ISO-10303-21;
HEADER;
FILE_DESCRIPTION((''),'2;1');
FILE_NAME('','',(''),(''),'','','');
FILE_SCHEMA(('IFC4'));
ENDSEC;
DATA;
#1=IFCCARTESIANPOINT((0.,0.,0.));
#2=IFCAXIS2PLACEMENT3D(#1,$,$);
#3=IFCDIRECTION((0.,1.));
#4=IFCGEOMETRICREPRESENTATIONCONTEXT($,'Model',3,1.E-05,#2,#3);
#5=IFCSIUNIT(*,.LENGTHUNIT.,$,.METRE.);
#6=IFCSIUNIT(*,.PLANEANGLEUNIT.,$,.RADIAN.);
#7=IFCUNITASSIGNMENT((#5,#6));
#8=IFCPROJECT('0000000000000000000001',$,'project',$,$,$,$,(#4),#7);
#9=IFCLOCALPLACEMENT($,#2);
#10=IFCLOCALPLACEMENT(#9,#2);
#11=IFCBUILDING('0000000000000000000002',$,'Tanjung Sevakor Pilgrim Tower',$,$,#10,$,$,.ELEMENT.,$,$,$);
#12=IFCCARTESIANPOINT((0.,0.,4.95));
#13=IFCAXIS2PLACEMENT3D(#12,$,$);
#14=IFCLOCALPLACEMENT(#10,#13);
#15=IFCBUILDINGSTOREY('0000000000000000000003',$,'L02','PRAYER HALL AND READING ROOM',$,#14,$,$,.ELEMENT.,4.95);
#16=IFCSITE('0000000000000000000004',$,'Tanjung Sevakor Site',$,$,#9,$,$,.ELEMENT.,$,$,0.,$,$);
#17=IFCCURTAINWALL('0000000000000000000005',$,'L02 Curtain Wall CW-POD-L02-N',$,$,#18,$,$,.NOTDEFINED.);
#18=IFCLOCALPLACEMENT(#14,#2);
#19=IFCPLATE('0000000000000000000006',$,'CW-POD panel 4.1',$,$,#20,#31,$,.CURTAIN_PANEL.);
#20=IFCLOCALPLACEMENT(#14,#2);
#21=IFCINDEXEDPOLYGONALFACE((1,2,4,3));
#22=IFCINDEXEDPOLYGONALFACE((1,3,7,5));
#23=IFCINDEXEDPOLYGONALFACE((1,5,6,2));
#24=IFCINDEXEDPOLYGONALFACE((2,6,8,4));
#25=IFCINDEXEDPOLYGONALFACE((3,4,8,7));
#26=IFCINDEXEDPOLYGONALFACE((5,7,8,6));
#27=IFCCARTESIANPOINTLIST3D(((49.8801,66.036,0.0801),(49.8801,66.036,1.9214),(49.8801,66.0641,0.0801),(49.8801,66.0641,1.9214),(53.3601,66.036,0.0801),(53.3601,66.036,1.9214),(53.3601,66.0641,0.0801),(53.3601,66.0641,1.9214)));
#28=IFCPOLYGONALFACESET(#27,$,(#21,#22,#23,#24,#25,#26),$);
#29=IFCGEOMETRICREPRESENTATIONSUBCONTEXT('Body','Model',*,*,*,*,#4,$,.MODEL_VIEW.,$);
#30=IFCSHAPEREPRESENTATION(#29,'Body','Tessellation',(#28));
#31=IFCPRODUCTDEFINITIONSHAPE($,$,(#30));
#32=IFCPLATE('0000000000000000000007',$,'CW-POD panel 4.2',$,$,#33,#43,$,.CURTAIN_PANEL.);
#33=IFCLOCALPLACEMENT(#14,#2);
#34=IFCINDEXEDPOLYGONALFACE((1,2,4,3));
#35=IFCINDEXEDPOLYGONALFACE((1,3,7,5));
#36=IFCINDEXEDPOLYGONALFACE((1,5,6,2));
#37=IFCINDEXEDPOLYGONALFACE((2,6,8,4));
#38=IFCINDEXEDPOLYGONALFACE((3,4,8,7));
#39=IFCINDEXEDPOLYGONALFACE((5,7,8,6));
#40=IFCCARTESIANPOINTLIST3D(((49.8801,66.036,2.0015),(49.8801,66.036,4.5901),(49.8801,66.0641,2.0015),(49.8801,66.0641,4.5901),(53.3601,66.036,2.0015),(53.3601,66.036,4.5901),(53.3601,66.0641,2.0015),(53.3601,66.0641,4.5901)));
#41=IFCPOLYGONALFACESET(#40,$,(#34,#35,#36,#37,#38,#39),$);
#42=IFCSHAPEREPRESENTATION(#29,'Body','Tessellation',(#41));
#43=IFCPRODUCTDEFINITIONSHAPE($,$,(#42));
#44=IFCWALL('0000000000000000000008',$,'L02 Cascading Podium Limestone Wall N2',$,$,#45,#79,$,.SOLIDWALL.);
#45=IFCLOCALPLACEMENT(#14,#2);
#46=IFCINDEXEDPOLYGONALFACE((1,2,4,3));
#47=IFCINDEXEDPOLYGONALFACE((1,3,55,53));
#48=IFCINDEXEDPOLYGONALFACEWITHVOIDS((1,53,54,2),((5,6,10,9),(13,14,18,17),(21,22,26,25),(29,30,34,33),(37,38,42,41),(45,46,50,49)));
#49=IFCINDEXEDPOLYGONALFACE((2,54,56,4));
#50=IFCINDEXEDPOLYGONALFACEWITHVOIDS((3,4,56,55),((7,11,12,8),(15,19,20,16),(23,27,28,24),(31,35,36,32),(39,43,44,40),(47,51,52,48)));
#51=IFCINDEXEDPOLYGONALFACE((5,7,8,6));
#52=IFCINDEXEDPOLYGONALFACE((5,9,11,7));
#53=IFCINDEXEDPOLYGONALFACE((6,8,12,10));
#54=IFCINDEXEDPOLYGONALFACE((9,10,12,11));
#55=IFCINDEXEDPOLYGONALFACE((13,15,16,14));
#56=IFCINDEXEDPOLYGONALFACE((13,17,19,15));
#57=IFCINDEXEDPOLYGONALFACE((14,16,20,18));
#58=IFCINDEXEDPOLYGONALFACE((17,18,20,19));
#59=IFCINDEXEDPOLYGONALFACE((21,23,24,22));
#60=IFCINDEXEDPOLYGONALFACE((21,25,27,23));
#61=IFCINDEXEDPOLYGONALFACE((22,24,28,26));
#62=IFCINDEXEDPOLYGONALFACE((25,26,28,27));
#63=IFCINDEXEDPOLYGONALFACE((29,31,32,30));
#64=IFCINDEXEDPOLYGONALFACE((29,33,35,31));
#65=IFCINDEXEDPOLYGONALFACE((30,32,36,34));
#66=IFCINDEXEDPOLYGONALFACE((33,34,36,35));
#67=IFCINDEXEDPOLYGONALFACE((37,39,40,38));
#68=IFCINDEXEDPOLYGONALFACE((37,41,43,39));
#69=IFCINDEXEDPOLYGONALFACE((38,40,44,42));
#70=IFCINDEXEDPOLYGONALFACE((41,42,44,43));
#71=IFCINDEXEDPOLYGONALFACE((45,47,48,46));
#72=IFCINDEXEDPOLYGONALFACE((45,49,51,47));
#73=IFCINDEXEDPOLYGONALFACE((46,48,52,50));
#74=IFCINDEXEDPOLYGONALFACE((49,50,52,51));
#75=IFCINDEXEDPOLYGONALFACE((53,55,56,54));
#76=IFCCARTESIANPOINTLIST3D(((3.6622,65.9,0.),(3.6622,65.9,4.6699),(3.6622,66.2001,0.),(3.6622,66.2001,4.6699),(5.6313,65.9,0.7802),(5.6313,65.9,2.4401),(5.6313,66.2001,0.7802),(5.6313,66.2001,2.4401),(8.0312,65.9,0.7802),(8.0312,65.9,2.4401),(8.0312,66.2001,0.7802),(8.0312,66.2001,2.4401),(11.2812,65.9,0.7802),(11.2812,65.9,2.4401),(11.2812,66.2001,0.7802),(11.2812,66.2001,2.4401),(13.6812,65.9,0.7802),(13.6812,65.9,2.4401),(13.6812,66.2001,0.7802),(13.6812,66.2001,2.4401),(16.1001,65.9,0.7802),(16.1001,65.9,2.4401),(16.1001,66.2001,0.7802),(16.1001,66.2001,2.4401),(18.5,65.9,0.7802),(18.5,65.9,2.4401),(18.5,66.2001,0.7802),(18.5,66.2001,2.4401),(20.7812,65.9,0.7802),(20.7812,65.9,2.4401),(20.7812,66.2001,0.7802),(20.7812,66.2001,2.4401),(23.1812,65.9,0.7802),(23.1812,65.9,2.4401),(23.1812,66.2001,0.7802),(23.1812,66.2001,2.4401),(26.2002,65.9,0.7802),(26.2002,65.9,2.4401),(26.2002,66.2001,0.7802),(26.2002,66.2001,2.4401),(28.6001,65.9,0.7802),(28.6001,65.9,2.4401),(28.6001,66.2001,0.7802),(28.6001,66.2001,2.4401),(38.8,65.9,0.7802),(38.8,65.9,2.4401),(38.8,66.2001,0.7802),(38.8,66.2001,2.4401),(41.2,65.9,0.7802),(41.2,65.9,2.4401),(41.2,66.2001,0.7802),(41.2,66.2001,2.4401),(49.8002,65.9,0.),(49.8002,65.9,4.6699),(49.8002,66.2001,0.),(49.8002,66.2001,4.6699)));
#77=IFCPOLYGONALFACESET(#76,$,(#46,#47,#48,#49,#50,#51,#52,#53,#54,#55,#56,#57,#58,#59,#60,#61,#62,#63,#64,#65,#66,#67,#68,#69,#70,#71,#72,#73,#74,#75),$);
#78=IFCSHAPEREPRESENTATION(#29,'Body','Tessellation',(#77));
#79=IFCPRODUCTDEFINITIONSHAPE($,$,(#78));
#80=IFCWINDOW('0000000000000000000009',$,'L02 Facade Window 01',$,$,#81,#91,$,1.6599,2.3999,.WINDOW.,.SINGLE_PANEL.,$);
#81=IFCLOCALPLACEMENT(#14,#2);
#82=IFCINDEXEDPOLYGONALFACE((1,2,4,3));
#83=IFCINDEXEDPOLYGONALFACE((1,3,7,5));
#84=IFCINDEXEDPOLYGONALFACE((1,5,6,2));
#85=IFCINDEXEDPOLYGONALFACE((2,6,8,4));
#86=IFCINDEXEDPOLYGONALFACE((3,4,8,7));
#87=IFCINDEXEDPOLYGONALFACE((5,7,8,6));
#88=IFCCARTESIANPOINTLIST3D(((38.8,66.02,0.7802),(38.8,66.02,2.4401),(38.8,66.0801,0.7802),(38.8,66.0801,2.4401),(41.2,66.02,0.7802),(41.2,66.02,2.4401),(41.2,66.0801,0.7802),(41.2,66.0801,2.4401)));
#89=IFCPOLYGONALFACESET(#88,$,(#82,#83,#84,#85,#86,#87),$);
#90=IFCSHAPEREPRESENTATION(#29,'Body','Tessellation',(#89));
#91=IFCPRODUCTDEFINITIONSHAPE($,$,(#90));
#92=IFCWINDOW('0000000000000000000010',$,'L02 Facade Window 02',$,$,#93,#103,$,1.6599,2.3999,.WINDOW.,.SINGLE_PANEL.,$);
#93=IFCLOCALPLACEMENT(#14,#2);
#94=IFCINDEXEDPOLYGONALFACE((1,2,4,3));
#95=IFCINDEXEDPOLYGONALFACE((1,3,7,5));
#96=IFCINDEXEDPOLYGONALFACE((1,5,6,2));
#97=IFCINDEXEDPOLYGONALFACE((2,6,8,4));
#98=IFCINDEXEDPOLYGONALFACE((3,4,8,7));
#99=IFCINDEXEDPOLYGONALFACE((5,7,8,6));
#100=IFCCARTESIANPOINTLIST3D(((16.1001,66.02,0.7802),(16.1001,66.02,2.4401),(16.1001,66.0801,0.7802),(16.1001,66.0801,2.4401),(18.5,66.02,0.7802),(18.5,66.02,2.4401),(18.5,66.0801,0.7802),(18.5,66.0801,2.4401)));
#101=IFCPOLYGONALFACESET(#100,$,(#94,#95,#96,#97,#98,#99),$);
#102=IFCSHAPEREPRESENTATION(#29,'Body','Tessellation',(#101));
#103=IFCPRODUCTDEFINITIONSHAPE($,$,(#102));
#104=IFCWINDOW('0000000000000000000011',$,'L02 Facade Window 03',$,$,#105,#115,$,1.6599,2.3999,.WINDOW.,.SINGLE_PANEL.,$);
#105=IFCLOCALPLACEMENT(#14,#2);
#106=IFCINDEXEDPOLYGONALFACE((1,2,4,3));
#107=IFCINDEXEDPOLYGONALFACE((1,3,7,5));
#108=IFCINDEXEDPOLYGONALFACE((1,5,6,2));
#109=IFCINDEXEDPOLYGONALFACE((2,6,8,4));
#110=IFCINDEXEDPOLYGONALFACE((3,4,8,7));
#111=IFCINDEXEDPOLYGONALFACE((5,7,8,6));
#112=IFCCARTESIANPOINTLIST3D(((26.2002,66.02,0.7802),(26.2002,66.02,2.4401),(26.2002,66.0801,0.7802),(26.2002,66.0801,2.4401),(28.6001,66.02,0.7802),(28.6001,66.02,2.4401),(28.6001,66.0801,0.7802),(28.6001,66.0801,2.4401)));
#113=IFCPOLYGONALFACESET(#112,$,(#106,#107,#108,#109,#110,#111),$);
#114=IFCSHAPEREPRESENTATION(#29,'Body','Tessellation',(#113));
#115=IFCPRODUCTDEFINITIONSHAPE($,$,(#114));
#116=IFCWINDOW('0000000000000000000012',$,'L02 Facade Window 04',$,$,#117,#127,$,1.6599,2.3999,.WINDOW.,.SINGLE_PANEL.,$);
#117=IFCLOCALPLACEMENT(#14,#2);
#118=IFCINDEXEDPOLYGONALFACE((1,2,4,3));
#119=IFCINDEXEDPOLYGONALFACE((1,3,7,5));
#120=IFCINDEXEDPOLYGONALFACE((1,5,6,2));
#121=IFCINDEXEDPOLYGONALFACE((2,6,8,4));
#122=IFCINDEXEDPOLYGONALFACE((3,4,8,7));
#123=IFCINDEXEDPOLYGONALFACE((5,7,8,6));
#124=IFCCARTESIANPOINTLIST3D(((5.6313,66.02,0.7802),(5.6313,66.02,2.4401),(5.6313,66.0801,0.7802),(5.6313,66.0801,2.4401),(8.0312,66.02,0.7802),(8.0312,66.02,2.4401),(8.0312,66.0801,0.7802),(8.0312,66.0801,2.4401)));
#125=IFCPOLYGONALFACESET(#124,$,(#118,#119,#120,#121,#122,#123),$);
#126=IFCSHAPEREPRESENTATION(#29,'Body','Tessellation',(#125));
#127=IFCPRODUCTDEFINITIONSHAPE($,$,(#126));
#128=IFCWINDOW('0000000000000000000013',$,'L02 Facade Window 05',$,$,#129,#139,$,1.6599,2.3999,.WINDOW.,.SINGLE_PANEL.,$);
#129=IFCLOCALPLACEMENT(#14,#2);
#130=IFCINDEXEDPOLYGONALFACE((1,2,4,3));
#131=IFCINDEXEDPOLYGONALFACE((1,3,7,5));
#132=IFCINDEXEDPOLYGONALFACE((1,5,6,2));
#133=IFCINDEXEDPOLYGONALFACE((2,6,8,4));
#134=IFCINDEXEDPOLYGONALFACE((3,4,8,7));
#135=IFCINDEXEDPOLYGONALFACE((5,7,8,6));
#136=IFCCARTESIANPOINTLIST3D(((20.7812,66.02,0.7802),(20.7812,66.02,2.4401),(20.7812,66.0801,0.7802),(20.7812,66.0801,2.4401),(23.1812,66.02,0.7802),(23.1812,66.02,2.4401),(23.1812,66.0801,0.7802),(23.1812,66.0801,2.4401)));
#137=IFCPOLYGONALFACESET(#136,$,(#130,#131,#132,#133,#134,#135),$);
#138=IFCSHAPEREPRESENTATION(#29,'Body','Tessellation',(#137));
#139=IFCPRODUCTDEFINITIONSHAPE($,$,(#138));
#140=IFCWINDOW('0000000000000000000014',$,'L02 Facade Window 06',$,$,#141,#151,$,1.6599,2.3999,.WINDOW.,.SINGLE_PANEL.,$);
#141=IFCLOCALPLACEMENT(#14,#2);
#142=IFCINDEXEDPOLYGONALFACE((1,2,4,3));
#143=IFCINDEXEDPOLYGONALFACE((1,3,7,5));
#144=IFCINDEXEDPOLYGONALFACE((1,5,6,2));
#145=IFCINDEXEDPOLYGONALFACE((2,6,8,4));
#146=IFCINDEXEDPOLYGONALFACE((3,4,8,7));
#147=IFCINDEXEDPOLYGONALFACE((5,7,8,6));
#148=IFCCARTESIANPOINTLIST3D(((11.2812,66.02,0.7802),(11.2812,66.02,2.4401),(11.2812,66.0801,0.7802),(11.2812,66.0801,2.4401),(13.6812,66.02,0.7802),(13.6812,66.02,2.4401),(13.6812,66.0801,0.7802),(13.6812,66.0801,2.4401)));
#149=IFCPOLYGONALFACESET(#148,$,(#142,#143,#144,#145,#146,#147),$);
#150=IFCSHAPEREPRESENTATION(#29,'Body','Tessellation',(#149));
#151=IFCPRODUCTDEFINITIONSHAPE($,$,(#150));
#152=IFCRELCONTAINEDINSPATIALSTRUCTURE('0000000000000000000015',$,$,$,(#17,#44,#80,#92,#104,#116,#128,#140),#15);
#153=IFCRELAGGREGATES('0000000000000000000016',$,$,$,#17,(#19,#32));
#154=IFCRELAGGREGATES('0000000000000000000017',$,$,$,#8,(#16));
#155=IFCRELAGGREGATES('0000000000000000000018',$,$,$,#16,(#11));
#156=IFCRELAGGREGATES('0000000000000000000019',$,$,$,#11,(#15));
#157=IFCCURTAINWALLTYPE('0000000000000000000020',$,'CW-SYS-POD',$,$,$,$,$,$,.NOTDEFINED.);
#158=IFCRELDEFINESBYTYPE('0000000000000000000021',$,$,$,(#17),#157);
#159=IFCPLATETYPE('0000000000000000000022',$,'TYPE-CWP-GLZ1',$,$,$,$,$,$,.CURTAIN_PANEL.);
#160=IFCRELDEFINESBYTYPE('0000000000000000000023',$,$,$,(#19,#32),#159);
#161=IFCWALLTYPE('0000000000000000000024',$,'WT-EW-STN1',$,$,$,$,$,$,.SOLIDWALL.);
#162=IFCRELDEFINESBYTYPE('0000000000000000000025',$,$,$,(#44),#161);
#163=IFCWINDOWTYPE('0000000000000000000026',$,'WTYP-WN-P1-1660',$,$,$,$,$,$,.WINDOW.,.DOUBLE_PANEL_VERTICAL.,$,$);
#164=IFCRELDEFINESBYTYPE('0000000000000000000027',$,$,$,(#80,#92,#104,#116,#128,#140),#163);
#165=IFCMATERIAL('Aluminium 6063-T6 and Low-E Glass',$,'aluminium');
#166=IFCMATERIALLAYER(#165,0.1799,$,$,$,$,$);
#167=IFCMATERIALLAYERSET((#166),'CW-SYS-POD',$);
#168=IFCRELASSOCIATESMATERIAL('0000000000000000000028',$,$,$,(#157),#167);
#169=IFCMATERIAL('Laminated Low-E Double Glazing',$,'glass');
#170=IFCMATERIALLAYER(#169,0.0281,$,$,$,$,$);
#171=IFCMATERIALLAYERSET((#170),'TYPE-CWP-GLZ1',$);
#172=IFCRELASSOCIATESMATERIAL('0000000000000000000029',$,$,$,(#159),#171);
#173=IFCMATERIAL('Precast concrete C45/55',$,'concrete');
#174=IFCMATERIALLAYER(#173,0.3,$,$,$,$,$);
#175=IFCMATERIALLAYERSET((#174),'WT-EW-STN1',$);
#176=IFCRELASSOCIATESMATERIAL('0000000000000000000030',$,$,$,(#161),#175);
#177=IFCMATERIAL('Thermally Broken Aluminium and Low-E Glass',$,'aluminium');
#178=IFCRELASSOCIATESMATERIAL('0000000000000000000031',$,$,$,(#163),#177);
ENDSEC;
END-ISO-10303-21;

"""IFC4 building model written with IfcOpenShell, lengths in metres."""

from ifc_helpers import new_model, si_unit, direction, frame, frame_2d, origin, origin_2d, place, context, subcontext, project, spatial, rectangle, extrude, material, layer, layer_set, type_object, element, fill, aggregate, save


model = new_model("IFC4")

# Units and contexts
model_context = context("Model", 3, precision=1e-05, world=origin(), true_north=direction((0.0, 1.0)))
body_context = subcontext(model_context, "Body", "Model", "MODEL_VIEW")
ifc_project = project(units=[si_unit("LENGTHUNIT", "METRE"), si_unit("PLANEANGLEUNIT", "RADIAN")], contexts=[model_context])

# Site, building, storey
site_placement = place(None, origin())
site = spatial("IfcSite", under=ifc_project, at=site_placement, Name="Tanjung Sevakor Site", CompositionType="ELEMENT", RefElevation=0.0)
building_placement = place(site_placement, origin())
building = spatial("IfcBuilding", under=site, at=building_placement, Name="Tanjung Sevakor Pilgrim Tower", CompositionType="ELEMENT")
storey_placement = place(building_placement, frame((0.0, 0.0, 4.95)))
storey = spatial("IfcBuildingStorey", under=building, at=storey_placement, Name="L02", Description="PRAYER HALL AND READING ROOM", CompositionType="ELEMENT", Elevation=4.95)

# Curtain wall, plates
ifc_material_1 = material(Name="Aluminium 6063-T6 and Low-E Glass", Category="aluminium")
ifc_layer_1 = layer(ifc_material_1, 0.1799)
ifc_layer_set_1 = layer_set([ifc_layer_1], Name="CW-SYS-POD")
curtain_wall_type = type_object("IfcCurtainWallType", Name="CW-SYS-POD", PredefinedType="NOTDEFINED", material=ifc_layer_set_1)
curtain_wall_placement = place(storey_placement, origin())
curtain_wall = element("IfcCurtainWall", 1, at=curtain_wall_placement, inside=storey, type_object=curtain_wall_type, Name="L02 Curtain Wall CW-POD-L02-N", PredefinedType="NOTDEFINED")
ifc_material_2 = material(Name="Laminated Low-E Double Glazing", Category="glass")
ifc_layer_2 = layer(ifc_material_2, 0.0281)
ifc_layer_set_2 = layer_set([ifc_layer_2], Name="TYPE-CWP-GLZ1")
plate_type = type_object("IfcPlateType", Name="TYPE-CWP-GLZ1", PredefinedType="CURTAIN_PANEL", material=ifc_layer_set_2)
plate_1_placement = place(storey_placement, frame((51.6201, 66.05, 0.0801), z_axis=(0.0, 0.0, 1.0), x_axis=(-1.0, 0.0, 0.0)))
plate_1 = element("IfcPlate", 2, at=plate_1_placement, type_object=plate_type, Name="CW-POD panel 4.1", PredefinedType="CURTAIN_PANEL", context=body_context, shape_type="SweptSolid", body=[
    extrude(rectangle(XDim=3.48, YDim=0.0281, at=origin_2d()), origin(), (0.0, 0.0, 1.0), 1.8413),
])
plate_2_placement = place(storey_placement, frame((51.6201, 66.05, 2.0015), z_axis=(0.0, 0.0, 1.0), x_axis=(-1.0, 0.0, 0.0)))
plate_2 = element("IfcPlate", 3, at=plate_2_placement, type_object=plate_type, Name="CW-POD panel 4.2", PredefinedType="CURTAIN_PANEL", context=body_context, shape_type="SweptSolid", body=[
    extrude(rectangle(XDim=3.48, YDim=0.0281, at=origin_2d()), origin(), (0.0, 0.0, 1.0), 2.5886),
])
aggregate(curtain_wall, [plate_1, plate_2])

# Wall, openings, windows
ifc_material_3 = material(Name="Precast concrete C45/55", Category="concrete")
ifc_layer_3 = layer(ifc_material_3, 0.3)
ifc_layer_set_3 = layer_set([ifc_layer_3], Name="WT-EW-STN1")
wall_type = type_object("IfcWallType", Name="WT-EW-STN1", PredefinedType="SOLIDWALL", material=ifc_layer_set_3)
wall_placement = place(storey_placement, frame((49.8, 66.05, 0.0), z_axis=(0.0, 0.0, 1.0), x_axis=(-1.0, 0.0, 0.0)))
wall = element("IfcWall", 4, at=wall_placement, inside=storey, type_object=wall_type, Name="L02 Cascading Podium Limestone Wall N2", PredefinedType="SOLIDWALL", context=body_context, shape_type="SweptSolid", body=[
    extrude(rectangle(XDim=46.1379, YDim=0.3, at=frame_2d((23.0688, 0.0))), origin(), (0.0, 0.0, 1.0), 4.6699),
])
opening_1_placement = place(wall_placement, frame((8.6001, 0.0, 0.78)))
opening_1 = element("IfcOpeningElement", 5, at=opening_1_placement, cuts=wall, PredefinedType="OPENING", context=body_context, shape_type="SweptSolid", body=[
    extrude(rectangle(XDim=2.3999, YDim=1.6599, at=frame_2d((1.2, 0.8301))), frame((0.0, 0.1599, 0.0), z_axis=(0.0, -1.0, 0.0), x_axis=(1.0, 0.0, 0.0)), (0.0, 0.0, 1.0), 0.3201),
])
opening_2_placement = place(wall_placement, frame((31.3, 0.0, 0.78)))
opening_2 = element("IfcOpeningElement", 6, at=opening_2_placement, cuts=wall, PredefinedType="OPENING", context=body_context, shape_type="SweptSolid", body=[
    extrude(rectangle(XDim=2.3999, YDim=1.6599, at=frame_2d((1.2, 0.8301))), frame((0.0, 0.1599, 0.0), z_axis=(0.0, -1.0, 0.0), x_axis=(1.0, 0.0, 0.0)), (0.0, 0.0, 1.0), 0.3201),
])
opening_3_placement = place(wall_placement, frame((21.2, 0.0, 0.78)))
opening_3 = element("IfcOpeningElement", 7, at=opening_3_placement, cuts=wall, PredefinedType="OPENING", context=body_context, shape_type="SweptSolid", body=[
    extrude(rectangle(XDim=2.3999, YDim=1.6599, at=frame_2d((1.2, 0.8301))), frame((0.0, 0.1599, 0.0), z_axis=(0.0, -1.0, 0.0), x_axis=(1.0, 0.0, 0.0)), (0.0, 0.0, 1.0), 0.3201),
])
opening_4_placement = place(wall_placement, frame((41.7688, 0.0, 0.78)))
opening_4 = element("IfcOpeningElement", 8, at=opening_4_placement, cuts=wall, PredefinedType="OPENING", context=body_context, shape_type="SweptSolid", body=[
    extrude(rectangle(XDim=2.3999, YDim=1.6599, at=frame_2d((1.2, 0.8301))), frame((0.0, 0.1599, 0.0), z_axis=(0.0, -1.0, 0.0), x_axis=(1.0, 0.0, 0.0)), (0.0, 0.0, 1.0), 0.3201),
])
opening_5_placement = place(wall_placement, frame((26.6189, 0.0, 0.78)))
opening_5 = element("IfcOpeningElement", 9, at=opening_5_placement, cuts=wall, PredefinedType="OPENING", context=body_context, shape_type="SweptSolid", body=[
    extrude(rectangle(XDim=2.3999, YDim=1.6599, at=frame_2d((1.2, 0.8301))), frame((0.0, 0.1599, 0.0), z_axis=(0.0, -1.0, 0.0), x_axis=(1.0, 0.0, 0.0)), (0.0, 0.0, 1.0), 0.3201),
])
opening_6_placement = place(wall_placement, frame((36.1189, 0.0, 0.78)))
opening_6 = element("IfcOpeningElement", 10, at=opening_6_placement, cuts=wall, PredefinedType="OPENING", context=body_context, shape_type="SweptSolid", body=[
    extrude(rectangle(XDim=2.3999, YDim=1.6599, at=frame_2d((1.2, 0.8301))), frame((0.0, 0.1599, 0.0), z_axis=(0.0, -1.0, 0.0), x_axis=(1.0, 0.0, 0.0)), (0.0, 0.0, 1.0), 0.3201),
])
ifc_material_4 = material(Name="Thermally Broken Aluminium and Low-E Glass", Category="aluminium")
window_type = type_object("IfcWindowType", Name="WTYP-WN-P1-1660", PartitioningType="DOUBLE_PANEL_VERTICAL", PredefinedType="WINDOW", material=ifc_material_4)
window_1_placement = place(opening_1_placement, origin())
window_1 = element("IfcWindow", 11, at=window_1_placement, inside=storey, type_object=window_type, Name="L02 Facade Window 01", OverallHeight=1.6599, OverallWidth=2.3999, PartitioningType="SINGLE_PANEL", PredefinedType="WINDOW", context=body_context, shape_type="SweptSolid", body=[
    extrude(rectangle(XDim=2.3999, YDim=1.6599, at=frame_2d((1.2, 0.8301))), frame((0.0, 0.03, 0.0), z_axis=(0.0, -1.0, 0.0), x_axis=(1.0, 0.0, 0.0)), (0.0, 0.0, 1.0), 0.0601),
])
fill(opening_1, window_1)
window_2_placement = place(opening_2_placement, origin())
window_2 = element("IfcWindow", 12, at=window_2_placement, inside=storey, type_object=window_type, Name="L02 Facade Window 02", OverallHeight=1.6599, OverallWidth=2.3999, PartitioningType="SINGLE_PANEL", PredefinedType="WINDOW", context=body_context, shape_type="SweptSolid", body=[
    extrude(rectangle(XDim=2.3999, YDim=1.6599, at=frame_2d((1.2, 0.8301))), frame((0.0, 0.03, 0.0), z_axis=(0.0, -1.0, 0.0), x_axis=(1.0, 0.0, 0.0)), (0.0, 0.0, 1.0), 0.0601),
])
fill(opening_2, window_2)
window_3_placement = place(opening_3_placement, origin())
window_3 = element("IfcWindow", 13, at=window_3_placement, inside=storey, type_object=window_type, Name="L02 Facade Window 03", OverallHeight=1.6599, OverallWidth=2.3999, PartitioningType="SINGLE_PANEL", PredefinedType="WINDOW", context=body_context, shape_type="SweptSolid", body=[
    extrude(rectangle(XDim=2.3999, YDim=1.6599, at=frame_2d((1.2, 0.8301))), frame((0.0, 0.03, 0.0), z_axis=(0.0, -1.0, 0.0), x_axis=(1.0, 0.0, 0.0)), (0.0, 0.0, 1.0), 0.0601),
])
fill(opening_3, window_3)
window_4_placement = place(opening_4_placement, origin())
window_4 = element("IfcWindow", 14, at=window_4_placement, inside=storey, type_object=window_type, Name="L02 Facade Window 04", OverallHeight=1.6599, OverallWidth=2.3999, PartitioningType="SINGLE_PANEL", PredefinedType="WINDOW", context=body_context, shape_type="SweptSolid", body=[
    extrude(rectangle(XDim=2.3999, YDim=1.6599, at=frame_2d((1.2, 0.8301))), frame((0.0, 0.03, 0.0), z_axis=(0.0, -1.0, 0.0), x_axis=(1.0, 0.0, 0.0)), (0.0, 0.0, 1.0), 0.0601),
])
fill(opening_4, window_4)
window_5_placement = place(opening_5_placement, origin())
window_5 = element("IfcWindow", 15, at=window_5_placement, inside=storey, type_object=window_type, Name="L02 Facade Window 05", OverallHeight=1.6599, OverallWidth=2.3999, PartitioningType="SINGLE_PANEL", PredefinedType="WINDOW", context=body_context, shape_type="SweptSolid", body=[
    extrude(rectangle(XDim=2.3999, YDim=1.6599, at=frame_2d((1.2, 0.8301))), frame((0.0, 0.03, 0.0), z_axis=(0.0, -1.0, 0.0), x_axis=(1.0, 0.0, 0.0)), (0.0, 0.0, 1.0), 0.0601),
])
fill(opening_5, window_5)
window_6_placement = place(opening_6_placement, origin())
window_6 = element("IfcWindow", 16, at=window_6_placement, inside=storey, type_object=window_type, Name="L02 Facade Window 06", OverallHeight=1.6599, OverallWidth=2.3999, PartitioningType="SINGLE_PANEL", PredefinedType="WINDOW", context=body_context, shape_type="SweptSolid", body=[
    extrude(rectangle(XDim=2.3999, YDim=1.6599, at=frame_2d((1.2, 0.8301))), frame((0.0, 0.03, 0.0), z_axis=(0.0, -1.0, 0.0), x_axis=(1.0, 0.0, 0.0)), (0.0, 0.0, 1.0), 0.0601),
])
fill(opening_6, window_6)

save(model, "model.ifc")
